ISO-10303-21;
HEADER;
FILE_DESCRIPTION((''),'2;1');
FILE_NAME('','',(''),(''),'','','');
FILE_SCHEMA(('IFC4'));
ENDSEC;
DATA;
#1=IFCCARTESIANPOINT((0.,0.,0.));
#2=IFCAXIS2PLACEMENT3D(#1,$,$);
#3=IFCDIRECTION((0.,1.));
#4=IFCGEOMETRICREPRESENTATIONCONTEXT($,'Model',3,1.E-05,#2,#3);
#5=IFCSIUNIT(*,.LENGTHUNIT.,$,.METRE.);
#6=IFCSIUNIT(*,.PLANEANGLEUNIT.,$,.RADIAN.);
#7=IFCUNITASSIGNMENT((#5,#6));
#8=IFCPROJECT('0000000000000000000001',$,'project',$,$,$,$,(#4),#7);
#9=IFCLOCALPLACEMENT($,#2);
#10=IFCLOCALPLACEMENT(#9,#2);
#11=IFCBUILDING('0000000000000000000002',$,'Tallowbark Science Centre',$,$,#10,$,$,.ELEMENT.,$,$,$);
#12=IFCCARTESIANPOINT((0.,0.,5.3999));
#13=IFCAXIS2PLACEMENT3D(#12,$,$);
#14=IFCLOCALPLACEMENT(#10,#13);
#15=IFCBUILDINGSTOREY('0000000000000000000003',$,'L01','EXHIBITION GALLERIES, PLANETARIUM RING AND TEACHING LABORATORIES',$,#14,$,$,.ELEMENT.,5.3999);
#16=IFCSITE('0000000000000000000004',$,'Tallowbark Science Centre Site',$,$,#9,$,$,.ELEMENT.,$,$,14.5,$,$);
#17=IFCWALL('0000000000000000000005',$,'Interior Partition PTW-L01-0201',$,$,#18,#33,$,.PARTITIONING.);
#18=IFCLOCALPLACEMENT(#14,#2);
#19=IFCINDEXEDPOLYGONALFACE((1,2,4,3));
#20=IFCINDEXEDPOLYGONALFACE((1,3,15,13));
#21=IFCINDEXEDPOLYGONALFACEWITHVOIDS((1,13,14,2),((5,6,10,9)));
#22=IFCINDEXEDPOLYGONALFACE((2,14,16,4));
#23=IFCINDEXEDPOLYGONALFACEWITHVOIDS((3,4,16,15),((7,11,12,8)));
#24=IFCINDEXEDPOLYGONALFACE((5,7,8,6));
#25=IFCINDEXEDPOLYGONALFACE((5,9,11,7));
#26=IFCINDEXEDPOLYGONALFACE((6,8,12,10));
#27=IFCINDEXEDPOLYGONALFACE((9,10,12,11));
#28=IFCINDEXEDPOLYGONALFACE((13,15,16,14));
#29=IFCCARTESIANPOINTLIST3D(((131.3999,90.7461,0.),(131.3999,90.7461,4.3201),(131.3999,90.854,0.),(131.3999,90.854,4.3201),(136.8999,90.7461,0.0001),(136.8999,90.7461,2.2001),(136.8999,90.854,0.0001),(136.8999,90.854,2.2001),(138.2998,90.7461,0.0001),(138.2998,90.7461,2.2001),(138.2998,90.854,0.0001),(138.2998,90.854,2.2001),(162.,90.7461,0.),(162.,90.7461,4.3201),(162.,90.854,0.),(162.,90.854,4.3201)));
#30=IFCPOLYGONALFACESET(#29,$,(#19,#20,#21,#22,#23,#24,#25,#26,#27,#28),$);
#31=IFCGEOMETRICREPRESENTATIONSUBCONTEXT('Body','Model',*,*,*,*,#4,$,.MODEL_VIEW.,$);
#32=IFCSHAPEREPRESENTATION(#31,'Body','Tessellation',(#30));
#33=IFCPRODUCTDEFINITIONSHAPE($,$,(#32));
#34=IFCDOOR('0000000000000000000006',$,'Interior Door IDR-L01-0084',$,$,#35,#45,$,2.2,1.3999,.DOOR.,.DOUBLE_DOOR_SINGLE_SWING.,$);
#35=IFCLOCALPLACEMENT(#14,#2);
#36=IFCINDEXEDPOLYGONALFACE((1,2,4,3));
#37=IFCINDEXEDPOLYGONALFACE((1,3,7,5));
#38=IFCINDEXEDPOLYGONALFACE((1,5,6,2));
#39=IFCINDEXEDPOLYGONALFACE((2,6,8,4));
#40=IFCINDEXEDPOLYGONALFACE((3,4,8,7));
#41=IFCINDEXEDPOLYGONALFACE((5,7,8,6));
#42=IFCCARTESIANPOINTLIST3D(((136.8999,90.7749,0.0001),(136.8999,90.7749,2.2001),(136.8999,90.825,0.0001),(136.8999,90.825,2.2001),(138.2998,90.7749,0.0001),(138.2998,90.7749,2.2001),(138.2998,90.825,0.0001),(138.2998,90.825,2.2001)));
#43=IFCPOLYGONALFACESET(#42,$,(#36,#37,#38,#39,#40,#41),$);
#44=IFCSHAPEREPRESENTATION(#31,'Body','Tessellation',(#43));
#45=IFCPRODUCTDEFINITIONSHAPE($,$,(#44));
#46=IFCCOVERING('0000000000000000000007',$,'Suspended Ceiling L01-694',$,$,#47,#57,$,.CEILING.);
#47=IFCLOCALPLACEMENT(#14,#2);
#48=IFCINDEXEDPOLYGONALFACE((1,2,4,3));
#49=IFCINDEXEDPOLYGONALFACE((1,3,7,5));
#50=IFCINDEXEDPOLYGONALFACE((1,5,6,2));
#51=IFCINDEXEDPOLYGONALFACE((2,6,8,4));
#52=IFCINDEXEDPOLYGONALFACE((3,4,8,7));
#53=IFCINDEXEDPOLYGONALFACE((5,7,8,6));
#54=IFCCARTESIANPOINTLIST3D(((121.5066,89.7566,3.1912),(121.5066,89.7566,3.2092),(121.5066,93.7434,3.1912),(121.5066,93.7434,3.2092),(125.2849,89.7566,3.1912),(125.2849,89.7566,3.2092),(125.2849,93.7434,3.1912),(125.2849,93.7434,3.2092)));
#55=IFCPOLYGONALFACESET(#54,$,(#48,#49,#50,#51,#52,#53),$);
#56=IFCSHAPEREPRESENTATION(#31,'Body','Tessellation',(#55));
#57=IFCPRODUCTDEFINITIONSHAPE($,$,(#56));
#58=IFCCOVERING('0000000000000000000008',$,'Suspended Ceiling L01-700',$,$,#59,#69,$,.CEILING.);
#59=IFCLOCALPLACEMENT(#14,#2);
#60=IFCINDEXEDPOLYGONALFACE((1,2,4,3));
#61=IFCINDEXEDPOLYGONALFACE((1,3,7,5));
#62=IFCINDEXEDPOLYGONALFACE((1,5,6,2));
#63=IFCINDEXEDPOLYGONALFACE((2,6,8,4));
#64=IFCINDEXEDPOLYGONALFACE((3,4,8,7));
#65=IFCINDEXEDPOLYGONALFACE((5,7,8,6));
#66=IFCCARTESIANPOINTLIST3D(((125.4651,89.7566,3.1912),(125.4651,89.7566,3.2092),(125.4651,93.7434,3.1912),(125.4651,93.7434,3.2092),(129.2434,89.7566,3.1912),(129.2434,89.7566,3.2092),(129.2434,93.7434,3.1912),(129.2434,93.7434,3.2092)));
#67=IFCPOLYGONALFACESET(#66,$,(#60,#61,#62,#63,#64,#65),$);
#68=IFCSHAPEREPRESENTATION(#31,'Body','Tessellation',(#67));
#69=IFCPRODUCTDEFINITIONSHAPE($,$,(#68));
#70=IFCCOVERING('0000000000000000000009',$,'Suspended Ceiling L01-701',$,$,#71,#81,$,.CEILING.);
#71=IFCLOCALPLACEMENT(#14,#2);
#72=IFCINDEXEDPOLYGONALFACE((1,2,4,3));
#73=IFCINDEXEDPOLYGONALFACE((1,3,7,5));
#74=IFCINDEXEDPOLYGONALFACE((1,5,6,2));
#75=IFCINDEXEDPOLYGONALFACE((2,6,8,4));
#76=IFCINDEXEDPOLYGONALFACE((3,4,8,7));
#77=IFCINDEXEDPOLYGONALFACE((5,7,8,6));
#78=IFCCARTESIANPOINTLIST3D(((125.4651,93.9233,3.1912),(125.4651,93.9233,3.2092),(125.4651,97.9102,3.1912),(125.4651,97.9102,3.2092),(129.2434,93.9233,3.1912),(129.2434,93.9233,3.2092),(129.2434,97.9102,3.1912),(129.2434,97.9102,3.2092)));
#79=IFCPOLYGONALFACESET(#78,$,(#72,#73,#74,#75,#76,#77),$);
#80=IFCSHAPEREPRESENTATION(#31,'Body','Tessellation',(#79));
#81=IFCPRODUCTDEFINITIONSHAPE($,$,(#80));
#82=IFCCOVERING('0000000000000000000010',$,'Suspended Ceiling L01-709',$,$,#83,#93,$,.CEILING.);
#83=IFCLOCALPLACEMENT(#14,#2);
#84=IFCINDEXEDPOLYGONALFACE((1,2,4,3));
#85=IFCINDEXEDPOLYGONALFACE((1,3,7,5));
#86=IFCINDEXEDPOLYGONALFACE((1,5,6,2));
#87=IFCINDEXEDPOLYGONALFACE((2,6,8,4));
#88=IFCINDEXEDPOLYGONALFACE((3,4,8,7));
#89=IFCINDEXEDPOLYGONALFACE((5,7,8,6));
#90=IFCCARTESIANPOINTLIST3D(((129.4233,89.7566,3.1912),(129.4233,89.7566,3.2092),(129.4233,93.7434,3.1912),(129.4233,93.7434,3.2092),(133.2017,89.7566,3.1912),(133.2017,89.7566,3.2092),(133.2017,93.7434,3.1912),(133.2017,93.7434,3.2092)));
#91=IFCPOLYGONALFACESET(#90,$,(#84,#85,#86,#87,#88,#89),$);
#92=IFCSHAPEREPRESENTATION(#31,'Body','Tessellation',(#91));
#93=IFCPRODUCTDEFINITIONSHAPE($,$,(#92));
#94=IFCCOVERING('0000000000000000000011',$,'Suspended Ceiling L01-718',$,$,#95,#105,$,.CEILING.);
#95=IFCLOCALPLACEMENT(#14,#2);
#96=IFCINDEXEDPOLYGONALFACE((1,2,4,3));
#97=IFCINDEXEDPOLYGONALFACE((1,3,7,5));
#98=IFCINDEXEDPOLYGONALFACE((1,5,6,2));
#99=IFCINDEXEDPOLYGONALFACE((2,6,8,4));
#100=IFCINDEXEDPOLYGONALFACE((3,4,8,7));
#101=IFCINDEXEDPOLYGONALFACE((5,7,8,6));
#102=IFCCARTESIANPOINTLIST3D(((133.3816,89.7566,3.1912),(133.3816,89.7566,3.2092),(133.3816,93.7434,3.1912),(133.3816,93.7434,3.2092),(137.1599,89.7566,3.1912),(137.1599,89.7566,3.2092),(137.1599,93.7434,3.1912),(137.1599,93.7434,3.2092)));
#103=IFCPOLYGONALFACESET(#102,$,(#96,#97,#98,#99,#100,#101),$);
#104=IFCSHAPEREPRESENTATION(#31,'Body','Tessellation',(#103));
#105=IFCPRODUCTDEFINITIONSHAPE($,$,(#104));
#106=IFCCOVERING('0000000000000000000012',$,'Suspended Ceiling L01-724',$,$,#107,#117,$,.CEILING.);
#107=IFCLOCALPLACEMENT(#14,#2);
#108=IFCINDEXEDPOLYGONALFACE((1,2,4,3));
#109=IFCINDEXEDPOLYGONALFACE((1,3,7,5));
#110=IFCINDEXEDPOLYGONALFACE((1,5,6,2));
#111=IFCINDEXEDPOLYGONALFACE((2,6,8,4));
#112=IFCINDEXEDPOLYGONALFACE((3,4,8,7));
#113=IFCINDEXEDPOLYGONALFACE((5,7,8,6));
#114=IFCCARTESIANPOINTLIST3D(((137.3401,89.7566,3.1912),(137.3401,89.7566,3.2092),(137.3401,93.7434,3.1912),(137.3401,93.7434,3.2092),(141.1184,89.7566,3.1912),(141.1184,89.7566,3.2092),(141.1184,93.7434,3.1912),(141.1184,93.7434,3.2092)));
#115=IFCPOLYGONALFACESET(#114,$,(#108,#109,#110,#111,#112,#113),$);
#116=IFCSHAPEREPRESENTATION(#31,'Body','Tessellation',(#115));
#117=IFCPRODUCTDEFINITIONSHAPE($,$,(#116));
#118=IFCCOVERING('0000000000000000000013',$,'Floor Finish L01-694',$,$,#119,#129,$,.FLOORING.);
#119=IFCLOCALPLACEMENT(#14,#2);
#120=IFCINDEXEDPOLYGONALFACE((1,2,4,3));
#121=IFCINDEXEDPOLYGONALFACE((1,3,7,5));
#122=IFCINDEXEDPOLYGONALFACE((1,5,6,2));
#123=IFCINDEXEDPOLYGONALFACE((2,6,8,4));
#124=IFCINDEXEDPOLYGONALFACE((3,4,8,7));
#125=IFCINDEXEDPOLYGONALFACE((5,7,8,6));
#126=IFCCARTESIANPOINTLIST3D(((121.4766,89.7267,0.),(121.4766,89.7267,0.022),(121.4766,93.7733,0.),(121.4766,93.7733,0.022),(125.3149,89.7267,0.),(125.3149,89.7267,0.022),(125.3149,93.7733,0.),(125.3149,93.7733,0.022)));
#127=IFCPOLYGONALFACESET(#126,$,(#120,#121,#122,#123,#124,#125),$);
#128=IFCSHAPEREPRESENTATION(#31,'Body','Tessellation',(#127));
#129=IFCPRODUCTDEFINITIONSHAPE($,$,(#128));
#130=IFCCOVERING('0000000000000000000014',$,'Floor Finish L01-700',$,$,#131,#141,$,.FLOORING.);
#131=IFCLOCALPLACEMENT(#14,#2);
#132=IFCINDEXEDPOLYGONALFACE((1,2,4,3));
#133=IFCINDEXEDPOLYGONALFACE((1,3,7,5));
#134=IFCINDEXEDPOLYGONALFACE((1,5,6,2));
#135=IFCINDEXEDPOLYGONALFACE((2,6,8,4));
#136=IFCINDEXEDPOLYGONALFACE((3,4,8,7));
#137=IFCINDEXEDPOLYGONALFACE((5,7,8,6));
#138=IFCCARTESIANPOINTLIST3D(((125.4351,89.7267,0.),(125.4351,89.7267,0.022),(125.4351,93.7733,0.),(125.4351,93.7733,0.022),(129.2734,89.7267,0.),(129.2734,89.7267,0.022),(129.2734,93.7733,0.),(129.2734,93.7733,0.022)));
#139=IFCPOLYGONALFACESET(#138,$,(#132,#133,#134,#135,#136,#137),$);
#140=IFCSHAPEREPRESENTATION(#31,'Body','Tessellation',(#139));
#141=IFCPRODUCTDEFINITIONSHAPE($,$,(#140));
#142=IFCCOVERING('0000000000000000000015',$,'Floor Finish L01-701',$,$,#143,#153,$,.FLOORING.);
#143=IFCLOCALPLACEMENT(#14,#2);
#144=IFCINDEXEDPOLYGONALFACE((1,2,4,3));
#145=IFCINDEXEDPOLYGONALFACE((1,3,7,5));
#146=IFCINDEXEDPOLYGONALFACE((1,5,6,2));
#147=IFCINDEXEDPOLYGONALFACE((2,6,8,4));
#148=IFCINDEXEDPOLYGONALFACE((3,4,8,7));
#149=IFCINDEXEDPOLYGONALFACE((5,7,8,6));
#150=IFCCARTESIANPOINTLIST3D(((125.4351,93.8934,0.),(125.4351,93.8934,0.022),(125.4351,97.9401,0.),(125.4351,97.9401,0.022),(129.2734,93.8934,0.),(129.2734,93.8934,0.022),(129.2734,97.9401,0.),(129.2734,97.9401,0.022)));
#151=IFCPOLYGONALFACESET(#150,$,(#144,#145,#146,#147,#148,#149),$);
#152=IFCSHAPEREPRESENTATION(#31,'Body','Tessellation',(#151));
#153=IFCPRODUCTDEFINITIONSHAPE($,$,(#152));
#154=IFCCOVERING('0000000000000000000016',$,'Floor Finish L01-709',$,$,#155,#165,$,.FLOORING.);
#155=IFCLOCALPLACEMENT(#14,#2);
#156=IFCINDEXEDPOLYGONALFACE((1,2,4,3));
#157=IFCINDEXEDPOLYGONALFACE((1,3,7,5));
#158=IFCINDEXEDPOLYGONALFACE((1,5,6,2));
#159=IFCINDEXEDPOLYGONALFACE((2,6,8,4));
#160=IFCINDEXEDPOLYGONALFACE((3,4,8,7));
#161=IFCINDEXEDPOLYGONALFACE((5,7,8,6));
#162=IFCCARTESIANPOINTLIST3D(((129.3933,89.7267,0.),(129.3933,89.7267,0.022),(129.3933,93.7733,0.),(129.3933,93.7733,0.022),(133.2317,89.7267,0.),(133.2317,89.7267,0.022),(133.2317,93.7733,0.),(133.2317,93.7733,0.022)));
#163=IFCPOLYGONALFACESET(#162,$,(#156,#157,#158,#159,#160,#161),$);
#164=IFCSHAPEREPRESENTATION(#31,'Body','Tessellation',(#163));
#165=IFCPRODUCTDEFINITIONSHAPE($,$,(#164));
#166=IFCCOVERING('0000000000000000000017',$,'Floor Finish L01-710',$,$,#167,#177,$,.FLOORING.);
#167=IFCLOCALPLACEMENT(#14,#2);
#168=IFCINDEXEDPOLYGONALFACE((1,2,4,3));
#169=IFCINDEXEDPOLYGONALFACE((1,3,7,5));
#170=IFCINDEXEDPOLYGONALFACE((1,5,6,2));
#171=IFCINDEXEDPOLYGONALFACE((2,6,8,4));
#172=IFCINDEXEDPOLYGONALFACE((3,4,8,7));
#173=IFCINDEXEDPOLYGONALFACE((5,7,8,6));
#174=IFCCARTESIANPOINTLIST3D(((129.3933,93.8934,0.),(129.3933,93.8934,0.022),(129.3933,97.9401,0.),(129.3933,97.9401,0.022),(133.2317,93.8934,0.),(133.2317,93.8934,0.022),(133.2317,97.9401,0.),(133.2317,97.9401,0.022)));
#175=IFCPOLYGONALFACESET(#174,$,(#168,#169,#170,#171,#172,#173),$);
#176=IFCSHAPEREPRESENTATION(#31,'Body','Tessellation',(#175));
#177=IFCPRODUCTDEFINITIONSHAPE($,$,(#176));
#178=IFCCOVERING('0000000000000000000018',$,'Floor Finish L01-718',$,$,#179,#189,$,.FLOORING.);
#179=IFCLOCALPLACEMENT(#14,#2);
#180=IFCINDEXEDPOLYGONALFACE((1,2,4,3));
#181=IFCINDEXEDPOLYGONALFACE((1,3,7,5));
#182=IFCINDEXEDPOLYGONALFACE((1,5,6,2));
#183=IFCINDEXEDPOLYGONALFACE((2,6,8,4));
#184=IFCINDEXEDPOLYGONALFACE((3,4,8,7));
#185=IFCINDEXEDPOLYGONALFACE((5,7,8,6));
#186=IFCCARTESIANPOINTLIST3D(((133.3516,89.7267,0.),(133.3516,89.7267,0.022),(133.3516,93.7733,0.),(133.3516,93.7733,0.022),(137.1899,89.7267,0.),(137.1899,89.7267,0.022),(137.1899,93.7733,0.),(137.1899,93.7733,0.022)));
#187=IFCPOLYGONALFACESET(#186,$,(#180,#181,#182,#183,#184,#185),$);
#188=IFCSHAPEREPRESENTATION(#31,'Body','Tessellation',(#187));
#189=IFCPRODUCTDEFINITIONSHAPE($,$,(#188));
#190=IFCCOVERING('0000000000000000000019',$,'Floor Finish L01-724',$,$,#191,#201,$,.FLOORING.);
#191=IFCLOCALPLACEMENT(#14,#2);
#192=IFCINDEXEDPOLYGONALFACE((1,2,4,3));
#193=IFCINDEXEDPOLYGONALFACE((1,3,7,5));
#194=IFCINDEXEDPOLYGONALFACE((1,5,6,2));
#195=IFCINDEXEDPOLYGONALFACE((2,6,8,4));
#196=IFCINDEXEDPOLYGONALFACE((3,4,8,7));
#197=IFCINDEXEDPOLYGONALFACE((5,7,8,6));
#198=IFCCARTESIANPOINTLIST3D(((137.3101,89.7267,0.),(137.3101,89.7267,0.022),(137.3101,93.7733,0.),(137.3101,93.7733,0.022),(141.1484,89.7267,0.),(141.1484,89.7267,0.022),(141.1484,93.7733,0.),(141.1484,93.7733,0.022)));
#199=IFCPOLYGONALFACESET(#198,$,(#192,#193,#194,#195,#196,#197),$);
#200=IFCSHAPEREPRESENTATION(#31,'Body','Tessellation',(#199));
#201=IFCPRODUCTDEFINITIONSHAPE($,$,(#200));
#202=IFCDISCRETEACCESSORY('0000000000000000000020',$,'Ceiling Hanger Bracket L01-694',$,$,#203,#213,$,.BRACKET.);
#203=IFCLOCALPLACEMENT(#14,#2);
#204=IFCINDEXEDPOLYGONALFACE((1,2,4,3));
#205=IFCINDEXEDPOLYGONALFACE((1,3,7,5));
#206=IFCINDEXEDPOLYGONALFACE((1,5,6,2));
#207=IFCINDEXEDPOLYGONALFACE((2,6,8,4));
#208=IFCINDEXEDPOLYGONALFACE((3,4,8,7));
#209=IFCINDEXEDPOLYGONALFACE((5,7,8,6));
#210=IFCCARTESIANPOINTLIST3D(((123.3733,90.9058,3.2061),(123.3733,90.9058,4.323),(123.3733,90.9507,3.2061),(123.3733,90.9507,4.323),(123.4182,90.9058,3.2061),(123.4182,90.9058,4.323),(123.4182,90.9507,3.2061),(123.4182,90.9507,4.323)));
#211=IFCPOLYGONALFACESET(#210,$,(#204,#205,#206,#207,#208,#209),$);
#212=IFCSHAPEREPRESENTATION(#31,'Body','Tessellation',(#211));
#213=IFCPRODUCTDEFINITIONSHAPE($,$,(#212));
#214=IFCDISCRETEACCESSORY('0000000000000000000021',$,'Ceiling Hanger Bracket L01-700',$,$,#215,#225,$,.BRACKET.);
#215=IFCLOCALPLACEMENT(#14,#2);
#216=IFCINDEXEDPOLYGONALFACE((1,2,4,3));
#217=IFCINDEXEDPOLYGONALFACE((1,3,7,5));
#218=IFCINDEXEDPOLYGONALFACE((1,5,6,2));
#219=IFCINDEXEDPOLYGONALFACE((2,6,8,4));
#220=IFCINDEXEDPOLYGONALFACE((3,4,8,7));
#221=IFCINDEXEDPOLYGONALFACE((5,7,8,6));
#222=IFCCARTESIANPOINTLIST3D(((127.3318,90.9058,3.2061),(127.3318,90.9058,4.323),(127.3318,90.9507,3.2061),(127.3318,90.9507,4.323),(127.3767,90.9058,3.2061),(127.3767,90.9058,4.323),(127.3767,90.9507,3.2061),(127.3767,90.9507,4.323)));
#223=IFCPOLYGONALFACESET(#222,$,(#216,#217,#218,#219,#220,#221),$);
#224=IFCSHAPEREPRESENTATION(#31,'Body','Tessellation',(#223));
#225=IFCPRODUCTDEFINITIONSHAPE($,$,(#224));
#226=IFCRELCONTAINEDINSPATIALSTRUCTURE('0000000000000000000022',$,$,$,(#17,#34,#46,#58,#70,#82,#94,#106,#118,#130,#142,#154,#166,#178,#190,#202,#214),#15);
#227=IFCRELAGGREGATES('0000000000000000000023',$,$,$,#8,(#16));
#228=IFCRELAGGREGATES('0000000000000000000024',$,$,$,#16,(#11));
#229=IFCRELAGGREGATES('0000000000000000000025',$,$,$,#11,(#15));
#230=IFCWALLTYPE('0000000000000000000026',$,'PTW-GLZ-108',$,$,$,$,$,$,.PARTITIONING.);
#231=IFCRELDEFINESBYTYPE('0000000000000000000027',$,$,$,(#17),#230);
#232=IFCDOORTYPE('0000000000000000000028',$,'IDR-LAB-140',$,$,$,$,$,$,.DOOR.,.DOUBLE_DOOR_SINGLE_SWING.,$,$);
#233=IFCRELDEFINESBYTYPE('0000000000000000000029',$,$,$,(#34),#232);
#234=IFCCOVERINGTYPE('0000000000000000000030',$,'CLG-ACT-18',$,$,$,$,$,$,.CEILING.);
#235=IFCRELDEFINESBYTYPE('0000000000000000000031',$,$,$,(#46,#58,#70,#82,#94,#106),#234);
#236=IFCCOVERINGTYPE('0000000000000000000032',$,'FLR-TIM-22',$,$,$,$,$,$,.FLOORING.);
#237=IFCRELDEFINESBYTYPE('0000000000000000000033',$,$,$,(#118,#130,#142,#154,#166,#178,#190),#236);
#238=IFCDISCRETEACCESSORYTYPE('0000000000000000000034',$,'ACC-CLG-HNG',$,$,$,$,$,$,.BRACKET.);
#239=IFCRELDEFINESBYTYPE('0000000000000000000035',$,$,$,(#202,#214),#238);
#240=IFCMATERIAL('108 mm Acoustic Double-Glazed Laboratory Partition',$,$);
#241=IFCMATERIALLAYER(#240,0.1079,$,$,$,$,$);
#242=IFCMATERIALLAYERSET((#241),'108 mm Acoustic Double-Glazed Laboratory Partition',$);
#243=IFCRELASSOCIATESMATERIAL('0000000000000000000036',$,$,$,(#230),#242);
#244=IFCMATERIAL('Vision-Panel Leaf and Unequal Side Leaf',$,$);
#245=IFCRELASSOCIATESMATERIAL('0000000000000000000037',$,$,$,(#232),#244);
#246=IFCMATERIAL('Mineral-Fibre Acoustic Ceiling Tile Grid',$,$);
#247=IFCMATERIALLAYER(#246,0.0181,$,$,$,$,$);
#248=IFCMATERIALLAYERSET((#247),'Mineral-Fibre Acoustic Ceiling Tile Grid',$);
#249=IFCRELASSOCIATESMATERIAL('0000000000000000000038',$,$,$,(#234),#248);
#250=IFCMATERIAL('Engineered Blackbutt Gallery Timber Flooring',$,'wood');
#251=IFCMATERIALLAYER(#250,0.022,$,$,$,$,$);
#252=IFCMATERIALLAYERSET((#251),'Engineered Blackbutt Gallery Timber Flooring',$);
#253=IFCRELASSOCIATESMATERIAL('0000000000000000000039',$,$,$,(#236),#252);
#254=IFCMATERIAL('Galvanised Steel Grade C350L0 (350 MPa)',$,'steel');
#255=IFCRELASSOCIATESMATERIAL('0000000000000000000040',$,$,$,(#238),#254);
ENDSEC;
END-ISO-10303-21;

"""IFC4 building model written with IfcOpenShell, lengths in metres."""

from ifc_helpers import new_model, si_unit, direction, frame, frame_2d, origin, origin_2d, place, context, subcontext, project, spatial, rectangle, extrude, material, layer, layer_set, type_object, element, fill, save


model = new_model("IFC4")

# Units and contexts
model_context = context("Model", 3, precision=1e-05, world=origin(), true_north=direction((0.0, 1.0)))
body_context = subcontext(model_context, "Body", "Model", "MODEL_VIEW")
ifc_project = project(units=[si_unit("LENGTHUNIT", "METRE"), si_unit("PLANEANGLEUNIT", "RADIAN")], contexts=[model_context])

# Site, building, storey
site_placement = place(None, origin())
site = spatial("IfcSite", under=ifc_project, at=site_placement, Name="Tallowbark Science Centre Site", CompositionType="ELEMENT", RefElevation=14.5)
building_placement = place(site_placement, origin())
building = spatial("IfcBuilding", under=site, at=building_placement, Name="Tallowbark Science Centre", CompositionType="ELEMENT")
storey_placement = place(building_placement, frame((0.0, 0.0, 5.3999)))
storey = spatial("IfcBuildingStorey", under=building, at=storey_placement, Name="L01", Description="EXHIBITION GALLERIES, PLANETARIUM RING AND TEACHING LABORATORIES", CompositionType="ELEMENT", Elevation=5.3999)

# Wall, opening, door
ifc_material_1 = material(Name="108 mm Acoustic Double-Glazed Laboratory Partition")
ifc_layer_1 = layer(ifc_material_1, 0.1079)
ifc_layer_set_1 = layer_set([ifc_layer_1], Name="108 mm Acoustic Double-Glazed Laboratory Partition")
wall_type_1 = type_object("IfcWallType", Name="PTW-GLZ-108", PredefinedType="PARTITIONING", material=ifc_layer_set_1)
wall_1_placement = place(storey_placement, frame((131.3999, 90.8, 0.0), z_axis=(0.0, 0.0, 1.0), x_axis=(1.0, 0.0, 0.0)))
wall_1 = element("IfcWall", 1, at=wall_1_placement, inside=storey, type_object=wall_type_1, Name="Interior Partition PTW-L01-0201", PredefinedType="PARTITIONING", context=body_context, shape_type="SweptSolid", body=[
    extrude(rectangle(XDim=30.6001, YDim=0.1079, at=frame_2d((15.3, 0.0))), origin(), (0.0, 0.0, 1.0), 4.3201),
])
opening_placement = place(wall_1_placement, frame((5.5, 0.0, 0.0)))
opening = element("IfcOpeningElement", 2, at=opening_placement, cuts=wall_1, PredefinedType="OPENING", context=body_context, shape_type="SweptSolid", body=[
    extrude(rectangle(XDim=1.3999, YDim=2.2, at=frame_2d((0.7, 1.1001))), frame((0.0, 0.064, 0.0), z_axis=(0.0, -1.0, 0.0), x_axis=(1.0, 0.0, 0.0)), (0.0, 0.0, 1.0), 0.1279),
])
ifc_material_2 = material(Name="Vision-Panel Leaf and Unequal Side Leaf")
door_type = type_object("IfcDoorType", Name="IDR-LAB-140", OperationType="DOUBLE_DOOR_SINGLE_SWING", PredefinedType="DOOR", material=ifc_material_2)
door_placement = place(opening_placement, origin())
door = element("IfcDoor", 3, at=door_placement, inside=storey, type_object=door_type, Name="Interior Door IDR-L01-0084", OperationType="DOUBLE_DOOR_SINGLE_SWING", OverallHeight=2.2, OverallWidth=1.3999, PredefinedType="DOOR", context=body_context, shape_type="SweptSolid", body=[
    extrude(rectangle(XDim=1.3999, YDim=2.2, at=frame_2d((0.7, 1.1001))), frame((0.0, 0.0249, 0.0), z_axis=(0.0, -1.0, 0.0), x_axis=(1.0, 0.0, 0.0)), (0.0, 0.0, 1.0), 0.05),
])
fill(opening, door)

# Coverings
ifc_material_3 = material(Name="Mineral-Fibre Acoustic Ceiling Tile Grid")
ifc_layer_2 = layer(ifc_material_3, 0.0181)
ifc_layer_set_2 = layer_set([ifc_layer_2], Name="Mineral-Fibre Acoustic Ceiling Tile Grid")
covering_type_1 = type_object("IfcCoveringType", Name="CLG-ACT-18", PredefinedType="CEILING", material=ifc_layer_set_2)
for number, where, z_axis, x_axis, name in (
    (4, (123.3958, 91.75, 3.1912), (0.0, 0.0, 1.0), (1.0, 0.0, 0.0), "Suspended Ceiling L01-694"),
    (5, (127.3542, 91.75, 3.1912), (0.0, 0.0, 1.0), (1.0, 0.0, 0.0), "Suspended Ceiling L01-700"),
    (6, (127.3542, 95.9167, 3.1912), (0.0, 0.0, 1.0), (1.0, 0.0, 0.0), "Suspended Ceiling L01-701"),
    (7, (131.3125, 91.75, 3.1912), (0.0, 0.0, 1.0), (1.0, 0.0, 0.0), "Suspended Ceiling L01-709"),
    (8, (135.2708, 91.75, 3.1912), (0.0, 0.0, 1.0), (1.0, 0.0, 0.0), "Suspended Ceiling L01-718"),
    (9, (139.2292, 91.75, 3.1912), (0.0, 0.0, 1.0), (1.0, 0.0, 0.0), "Suspended Ceiling L01-724"),
):
    element("IfcCovering", number, at=place(storey_placement, frame(where, z_axis=z_axis, x_axis=x_axis)), inside=storey, type_object=covering_type_1, Name=name, PredefinedType="CEILING", context=body_context, shape_type="SweptSolid", body=[
        extrude(rectangle(XDim=3.7783, YDim=3.9868, at=origin_2d()), origin(), (0.0, 0.0, 1.0), 0.0181),
    ])
ifc_material_4 = material(Name="Engineered Blackbutt Gallery Timber Flooring", Category="wood")
ifc_layer_3 = layer(ifc_material_4, 0.022)
ifc_layer_set_3 = layer_set([ifc_layer_3], Name="Engineered Blackbutt Gallery Timber Flooring")
covering_type_2 = type_object("IfcCoveringType", Name="FLR-TIM-22", PredefinedType="FLOORING", material=ifc_layer_set_3)
for number, where, z_axis, x_axis, name in (
    (10, (123.3958, 91.75, 0.0), (0.0, 0.0, 1.0), (1.0, 0.0, 0.0), "Floor Finish L01-694"),
    (11, (127.3542, 91.75, 0.0), (0.0, 0.0, 1.0), (1.0, 0.0, 0.0), "Floor Finish L01-700"),
    (12, (127.3542, 95.9167, 0.0), (0.0, 0.0, 1.0), (1.0, 0.0, 0.0), "Floor Finish L01-701"),
    (13, (131.3125, 91.75, 0.0), (0.0, 0.0, 1.0), (1.0, 0.0, 0.0), "Floor Finish L01-709"),
    (14, (131.3125, 95.9167, 0.0), (0.0, 0.0, 1.0), (1.0, 0.0, 0.0), "Floor Finish L01-710"),
    (15, (135.2708, 91.75, 0.0), (0.0, 0.0, 1.0), (1.0, 0.0, 0.0), "Floor Finish L01-718"),
    (16, (139.2292, 91.75, 0.0), (0.0, 0.0, 1.0), (1.0, 0.0, 0.0), "Floor Finish L01-724"),
):
    element("IfcCovering", number, at=place(storey_placement, frame(where, z_axis=z_axis, x_axis=x_axis)), inside=storey, type_object=covering_type_2, Name=name, PredefinedType="FLOORING", context=body_context, shape_type="SweptSolid", body=[
        extrude(rectangle(XDim=3.8384, YDim=4.0466, at=origin_2d()), origin(), (0.0, 0.0, 1.0), 0.022),
    ])

# Discrete accessories
ifc_material_5 = material(Name="Galvanised Steel Grade C350L0 (350 MPa)", Category="steel")
discrete_accessory_type = type_object("IfcDiscreteAccessoryType", Name="ACC-CLG-HNG", PredefinedType="BRACKET", material=ifc_material_5)
for number, where, z_axis, x_axis, name in (
    (17, (123.3958, 90.9282, 3.2061), (0.0, 0.0, 1.0), (1.0, 0.0, 0.0), "Ceiling Hanger Bracket L01-694"),
    (18, (127.3542, 90.9282, 3.2061), (0.0, 0.0, 1.0), (1.0, 0.0, 0.0), "Ceiling Hanger Bracket L01-700"),
):
    element("IfcDiscreteAccessory", number, at=place(storey_placement, frame(where, z_axis=z_axis, x_axis=x_axis)), inside=storey, type_object=discrete_accessory_type, Name=name, PredefinedType="BRACKET", context=body_context, shape_type="SweptSolid", body=[
        extrude(rectangle(XDim=0.0449, YDim=0.0449, at=origin_2d()), origin(), (0.0, 0.0, 1.0), 1.1169),
    ])

save(model, "model.ifc")
